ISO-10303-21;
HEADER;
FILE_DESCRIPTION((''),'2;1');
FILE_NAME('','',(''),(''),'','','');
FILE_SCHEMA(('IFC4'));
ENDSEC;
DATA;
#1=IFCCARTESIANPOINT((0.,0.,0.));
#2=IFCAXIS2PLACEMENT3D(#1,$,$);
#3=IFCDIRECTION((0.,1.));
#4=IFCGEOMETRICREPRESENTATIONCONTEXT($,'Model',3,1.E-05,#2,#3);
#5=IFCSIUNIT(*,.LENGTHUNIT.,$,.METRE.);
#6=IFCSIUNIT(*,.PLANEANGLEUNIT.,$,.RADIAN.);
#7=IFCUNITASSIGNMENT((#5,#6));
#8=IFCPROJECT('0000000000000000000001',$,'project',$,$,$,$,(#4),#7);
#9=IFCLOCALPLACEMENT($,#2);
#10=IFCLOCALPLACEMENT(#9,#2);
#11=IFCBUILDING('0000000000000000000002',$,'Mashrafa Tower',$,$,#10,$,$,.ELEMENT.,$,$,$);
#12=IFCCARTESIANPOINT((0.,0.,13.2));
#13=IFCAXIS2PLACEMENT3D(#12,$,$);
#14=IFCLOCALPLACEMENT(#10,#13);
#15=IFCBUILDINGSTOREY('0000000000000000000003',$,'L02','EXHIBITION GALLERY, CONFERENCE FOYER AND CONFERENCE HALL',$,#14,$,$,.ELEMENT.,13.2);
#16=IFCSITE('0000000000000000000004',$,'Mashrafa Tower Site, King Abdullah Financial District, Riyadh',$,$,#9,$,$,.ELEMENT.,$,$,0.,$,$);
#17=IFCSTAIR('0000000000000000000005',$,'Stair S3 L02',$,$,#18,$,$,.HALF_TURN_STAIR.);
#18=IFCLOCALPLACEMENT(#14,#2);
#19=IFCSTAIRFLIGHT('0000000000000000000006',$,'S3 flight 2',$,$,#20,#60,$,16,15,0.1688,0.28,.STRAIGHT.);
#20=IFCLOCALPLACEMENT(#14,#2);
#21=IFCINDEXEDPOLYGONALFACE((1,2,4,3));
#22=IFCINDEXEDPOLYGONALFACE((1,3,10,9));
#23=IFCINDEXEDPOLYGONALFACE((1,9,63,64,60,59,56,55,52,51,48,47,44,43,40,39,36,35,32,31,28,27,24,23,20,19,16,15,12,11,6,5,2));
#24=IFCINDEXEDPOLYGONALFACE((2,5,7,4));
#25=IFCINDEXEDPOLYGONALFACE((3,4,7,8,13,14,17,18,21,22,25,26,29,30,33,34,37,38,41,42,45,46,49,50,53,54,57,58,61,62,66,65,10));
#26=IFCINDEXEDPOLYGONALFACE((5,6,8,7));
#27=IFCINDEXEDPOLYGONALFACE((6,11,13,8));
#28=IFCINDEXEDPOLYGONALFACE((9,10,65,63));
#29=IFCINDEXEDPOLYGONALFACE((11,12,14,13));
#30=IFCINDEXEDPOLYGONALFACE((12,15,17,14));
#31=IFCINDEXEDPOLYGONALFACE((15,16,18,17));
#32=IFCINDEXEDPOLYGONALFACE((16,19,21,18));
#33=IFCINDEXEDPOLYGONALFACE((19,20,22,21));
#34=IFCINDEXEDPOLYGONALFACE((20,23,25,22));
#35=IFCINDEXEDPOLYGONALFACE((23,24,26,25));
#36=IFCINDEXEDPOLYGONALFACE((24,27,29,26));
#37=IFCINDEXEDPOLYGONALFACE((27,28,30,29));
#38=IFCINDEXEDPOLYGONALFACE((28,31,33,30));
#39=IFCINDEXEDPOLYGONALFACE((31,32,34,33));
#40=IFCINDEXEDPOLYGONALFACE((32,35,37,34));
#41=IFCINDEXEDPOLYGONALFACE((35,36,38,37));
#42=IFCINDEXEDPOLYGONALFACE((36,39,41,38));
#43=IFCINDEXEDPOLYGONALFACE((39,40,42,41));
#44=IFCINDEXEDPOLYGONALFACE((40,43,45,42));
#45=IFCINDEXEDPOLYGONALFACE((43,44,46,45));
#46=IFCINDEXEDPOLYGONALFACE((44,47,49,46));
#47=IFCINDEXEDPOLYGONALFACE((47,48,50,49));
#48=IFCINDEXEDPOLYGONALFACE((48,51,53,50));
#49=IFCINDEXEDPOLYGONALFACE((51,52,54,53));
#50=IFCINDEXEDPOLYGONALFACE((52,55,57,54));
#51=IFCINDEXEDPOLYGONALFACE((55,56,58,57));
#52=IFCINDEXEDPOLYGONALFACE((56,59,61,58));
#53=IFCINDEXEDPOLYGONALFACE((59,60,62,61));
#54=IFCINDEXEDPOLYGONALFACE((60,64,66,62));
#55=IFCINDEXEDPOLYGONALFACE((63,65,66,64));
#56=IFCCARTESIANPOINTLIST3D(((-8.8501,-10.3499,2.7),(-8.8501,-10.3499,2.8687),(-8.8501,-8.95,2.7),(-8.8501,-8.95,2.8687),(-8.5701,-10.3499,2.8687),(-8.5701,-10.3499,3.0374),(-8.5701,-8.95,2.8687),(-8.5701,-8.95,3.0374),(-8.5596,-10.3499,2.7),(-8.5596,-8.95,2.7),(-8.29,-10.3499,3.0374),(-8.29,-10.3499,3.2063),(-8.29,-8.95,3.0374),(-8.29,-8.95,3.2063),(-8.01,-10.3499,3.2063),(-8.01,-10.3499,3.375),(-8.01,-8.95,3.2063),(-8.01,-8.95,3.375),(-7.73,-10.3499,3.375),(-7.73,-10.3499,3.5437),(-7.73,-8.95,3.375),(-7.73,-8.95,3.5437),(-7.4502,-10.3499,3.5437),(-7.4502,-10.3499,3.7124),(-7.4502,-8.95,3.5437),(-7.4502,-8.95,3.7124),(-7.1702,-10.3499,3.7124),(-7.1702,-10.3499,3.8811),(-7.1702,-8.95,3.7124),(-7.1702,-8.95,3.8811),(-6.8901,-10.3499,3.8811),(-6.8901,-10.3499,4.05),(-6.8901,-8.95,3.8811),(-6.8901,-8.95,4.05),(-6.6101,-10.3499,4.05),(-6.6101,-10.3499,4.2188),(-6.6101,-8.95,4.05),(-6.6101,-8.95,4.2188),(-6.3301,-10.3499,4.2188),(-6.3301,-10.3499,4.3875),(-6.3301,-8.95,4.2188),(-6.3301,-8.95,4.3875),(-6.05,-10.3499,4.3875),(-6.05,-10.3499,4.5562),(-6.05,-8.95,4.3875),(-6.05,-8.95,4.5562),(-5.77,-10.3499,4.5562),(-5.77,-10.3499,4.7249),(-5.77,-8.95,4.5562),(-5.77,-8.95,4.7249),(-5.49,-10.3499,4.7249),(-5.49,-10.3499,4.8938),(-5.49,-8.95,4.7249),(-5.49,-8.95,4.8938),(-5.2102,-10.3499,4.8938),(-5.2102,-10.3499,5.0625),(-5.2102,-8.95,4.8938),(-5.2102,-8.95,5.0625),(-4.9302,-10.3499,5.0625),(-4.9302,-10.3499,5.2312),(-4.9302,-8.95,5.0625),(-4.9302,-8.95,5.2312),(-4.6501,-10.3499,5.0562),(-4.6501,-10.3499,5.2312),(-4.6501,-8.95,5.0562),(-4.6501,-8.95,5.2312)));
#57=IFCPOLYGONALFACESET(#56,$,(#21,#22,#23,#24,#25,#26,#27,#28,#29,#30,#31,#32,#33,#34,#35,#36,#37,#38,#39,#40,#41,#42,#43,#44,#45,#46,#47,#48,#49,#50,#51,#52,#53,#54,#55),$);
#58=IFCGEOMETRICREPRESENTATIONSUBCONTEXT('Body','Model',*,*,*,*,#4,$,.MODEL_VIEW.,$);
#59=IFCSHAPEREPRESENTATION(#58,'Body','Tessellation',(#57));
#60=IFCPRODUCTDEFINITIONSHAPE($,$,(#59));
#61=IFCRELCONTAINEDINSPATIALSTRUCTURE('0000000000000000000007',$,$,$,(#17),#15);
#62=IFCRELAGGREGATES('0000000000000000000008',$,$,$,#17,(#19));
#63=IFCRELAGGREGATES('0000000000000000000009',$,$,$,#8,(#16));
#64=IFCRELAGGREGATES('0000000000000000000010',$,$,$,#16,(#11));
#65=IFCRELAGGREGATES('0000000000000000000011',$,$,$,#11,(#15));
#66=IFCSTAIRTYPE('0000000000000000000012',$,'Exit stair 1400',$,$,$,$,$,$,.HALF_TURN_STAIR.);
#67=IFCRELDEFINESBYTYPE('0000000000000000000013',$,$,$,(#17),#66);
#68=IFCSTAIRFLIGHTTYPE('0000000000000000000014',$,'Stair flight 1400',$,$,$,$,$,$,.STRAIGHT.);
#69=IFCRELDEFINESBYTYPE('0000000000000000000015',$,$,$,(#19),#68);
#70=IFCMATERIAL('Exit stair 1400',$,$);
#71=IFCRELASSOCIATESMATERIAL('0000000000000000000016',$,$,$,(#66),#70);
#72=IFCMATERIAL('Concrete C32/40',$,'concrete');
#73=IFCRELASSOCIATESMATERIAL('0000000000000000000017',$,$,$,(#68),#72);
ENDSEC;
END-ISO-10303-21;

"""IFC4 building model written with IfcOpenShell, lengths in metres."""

from ifc_helpers import new_model, si_unit, direction, frame, origin, place, context, subcontext, project, spatial, polyline, outline, extrude, material, type_object, element, aggregate, save


model = new_model("IFC4")

# Units and contexts
model_context = context("Model", 3, precision=1e-05, world=origin(), true_north=direction((0.0, 1.0)))
body_context = subcontext(model_context, "Body", "Model", "MODEL_VIEW")
ifc_project = project(units=[si_unit("LENGTHUNIT", "METRE"), si_unit("PLANEANGLEUNIT", "RADIAN")], contexts=[model_context])

# Site, building, storey
site_placement = place(None, origin())
site = spatial("IfcSite", under=ifc_project, at=site_placement, Name="Mashrafa Tower Site, King Abdullah Financial District, Riyadh", CompositionType="ELEMENT", RefElevation=0.0)
building_placement = place(site_placement, origin())
building = spatial("IfcBuilding", under=site, at=building_placement, Name="Mashrafa Tower", CompositionType="ELEMENT")
storey_placement = place(building_placement, frame((0.0, 0.0, 13.2)))
storey = spatial("IfcBuildingStorey", under=building, at=storey_placement, Name="L02", Description="EXHIBITION GALLERY, CONFERENCE FOYER AND CONFERENCE HALL", CompositionType="ELEMENT", Elevation=13.2)

# Stair, stair flight
ifc_material_1 = material(Name="Exit stair 1400")
stair_type = type_object("IfcStairType", Name="Exit stair 1400", PredefinedType="HALF_TURN_STAIR", material=ifc_material_1)
stair_placement = place(storey_placement, origin())
stair = element("IfcStair", 1, at=stair_placement, inside=storey, type_object=stair_type, Name="Stair S3 L02", PredefinedType="HALF_TURN_STAIR")
ifc_material_2 = material(Name="Concrete C32/40", Category="concrete")
stair_flight_type = type_object("IfcStairFlightType", Name="Stair flight 1400", PredefinedType="STRAIGHT", material=ifc_material_2)
stair_flight_1_placement = place(storey_placement, frame((-8.8501, -9.6499, 2.7), z_axis=(0.0, 0.0, 1.0), x_axis=(1.0, 0.0, 0.0)))
stair_flight_1 = element("IfcStairFlight", 2, at=stair_flight_1_placement, type_object=stair_flight_type, Name="S3 flight 2", NumberOfRisers=16, NumberOfTreads=15, PredefinedType="STRAIGHT", RiserHeight=0.1688, TreadLength=0.28, context=body_context, shape_type="SweptSolid", body=[
    extrude(outline(polyline([(0.0, 0.0), (0.0, 0.1687), (0.28, 0.1687), (0.28, 0.3374), (0.5601, 0.3374), (0.5601, 0.5063), (0.8401, 0.5063), (0.8401, 0.675), (1.1201, 0.675), (1.1201, 0.8438), (1.3999, 0.8438), (1.3999, 1.0125), (1.6799, 1.0125), (1.6799, 1.1812), (1.96, 1.1812), (1.96, 1.3501), (2.24, 1.3501), (2.24, 1.5188), (2.52, 1.5188), (2.52, 1.6875), (2.8, 1.6875), (2.8, 1.8562), (3.0801, 1.8562), (3.0801, 2.0249), (3.3601, 2.0249), (3.3601, 2.1938), (3.6399, 2.1938), (3.6399, 2.3625), (3.9199, 2.3625), (3.9199, 2.5312), (4.2, 2.5312), (4.2, 2.7), (4.2, 2.3562), (0.2905, 0.0), (0.0, 0.0)])), frame((0.0, 0.7, 0.0), z_axis=(0.0, -1.0, 0.0), x_axis=(1.0, 0.0, 0.0)), (0.0, 0.0, 1.0), 1.3999),
])
aggregate(stair, [stair_flight_1])

save(model, "model.ifc")
